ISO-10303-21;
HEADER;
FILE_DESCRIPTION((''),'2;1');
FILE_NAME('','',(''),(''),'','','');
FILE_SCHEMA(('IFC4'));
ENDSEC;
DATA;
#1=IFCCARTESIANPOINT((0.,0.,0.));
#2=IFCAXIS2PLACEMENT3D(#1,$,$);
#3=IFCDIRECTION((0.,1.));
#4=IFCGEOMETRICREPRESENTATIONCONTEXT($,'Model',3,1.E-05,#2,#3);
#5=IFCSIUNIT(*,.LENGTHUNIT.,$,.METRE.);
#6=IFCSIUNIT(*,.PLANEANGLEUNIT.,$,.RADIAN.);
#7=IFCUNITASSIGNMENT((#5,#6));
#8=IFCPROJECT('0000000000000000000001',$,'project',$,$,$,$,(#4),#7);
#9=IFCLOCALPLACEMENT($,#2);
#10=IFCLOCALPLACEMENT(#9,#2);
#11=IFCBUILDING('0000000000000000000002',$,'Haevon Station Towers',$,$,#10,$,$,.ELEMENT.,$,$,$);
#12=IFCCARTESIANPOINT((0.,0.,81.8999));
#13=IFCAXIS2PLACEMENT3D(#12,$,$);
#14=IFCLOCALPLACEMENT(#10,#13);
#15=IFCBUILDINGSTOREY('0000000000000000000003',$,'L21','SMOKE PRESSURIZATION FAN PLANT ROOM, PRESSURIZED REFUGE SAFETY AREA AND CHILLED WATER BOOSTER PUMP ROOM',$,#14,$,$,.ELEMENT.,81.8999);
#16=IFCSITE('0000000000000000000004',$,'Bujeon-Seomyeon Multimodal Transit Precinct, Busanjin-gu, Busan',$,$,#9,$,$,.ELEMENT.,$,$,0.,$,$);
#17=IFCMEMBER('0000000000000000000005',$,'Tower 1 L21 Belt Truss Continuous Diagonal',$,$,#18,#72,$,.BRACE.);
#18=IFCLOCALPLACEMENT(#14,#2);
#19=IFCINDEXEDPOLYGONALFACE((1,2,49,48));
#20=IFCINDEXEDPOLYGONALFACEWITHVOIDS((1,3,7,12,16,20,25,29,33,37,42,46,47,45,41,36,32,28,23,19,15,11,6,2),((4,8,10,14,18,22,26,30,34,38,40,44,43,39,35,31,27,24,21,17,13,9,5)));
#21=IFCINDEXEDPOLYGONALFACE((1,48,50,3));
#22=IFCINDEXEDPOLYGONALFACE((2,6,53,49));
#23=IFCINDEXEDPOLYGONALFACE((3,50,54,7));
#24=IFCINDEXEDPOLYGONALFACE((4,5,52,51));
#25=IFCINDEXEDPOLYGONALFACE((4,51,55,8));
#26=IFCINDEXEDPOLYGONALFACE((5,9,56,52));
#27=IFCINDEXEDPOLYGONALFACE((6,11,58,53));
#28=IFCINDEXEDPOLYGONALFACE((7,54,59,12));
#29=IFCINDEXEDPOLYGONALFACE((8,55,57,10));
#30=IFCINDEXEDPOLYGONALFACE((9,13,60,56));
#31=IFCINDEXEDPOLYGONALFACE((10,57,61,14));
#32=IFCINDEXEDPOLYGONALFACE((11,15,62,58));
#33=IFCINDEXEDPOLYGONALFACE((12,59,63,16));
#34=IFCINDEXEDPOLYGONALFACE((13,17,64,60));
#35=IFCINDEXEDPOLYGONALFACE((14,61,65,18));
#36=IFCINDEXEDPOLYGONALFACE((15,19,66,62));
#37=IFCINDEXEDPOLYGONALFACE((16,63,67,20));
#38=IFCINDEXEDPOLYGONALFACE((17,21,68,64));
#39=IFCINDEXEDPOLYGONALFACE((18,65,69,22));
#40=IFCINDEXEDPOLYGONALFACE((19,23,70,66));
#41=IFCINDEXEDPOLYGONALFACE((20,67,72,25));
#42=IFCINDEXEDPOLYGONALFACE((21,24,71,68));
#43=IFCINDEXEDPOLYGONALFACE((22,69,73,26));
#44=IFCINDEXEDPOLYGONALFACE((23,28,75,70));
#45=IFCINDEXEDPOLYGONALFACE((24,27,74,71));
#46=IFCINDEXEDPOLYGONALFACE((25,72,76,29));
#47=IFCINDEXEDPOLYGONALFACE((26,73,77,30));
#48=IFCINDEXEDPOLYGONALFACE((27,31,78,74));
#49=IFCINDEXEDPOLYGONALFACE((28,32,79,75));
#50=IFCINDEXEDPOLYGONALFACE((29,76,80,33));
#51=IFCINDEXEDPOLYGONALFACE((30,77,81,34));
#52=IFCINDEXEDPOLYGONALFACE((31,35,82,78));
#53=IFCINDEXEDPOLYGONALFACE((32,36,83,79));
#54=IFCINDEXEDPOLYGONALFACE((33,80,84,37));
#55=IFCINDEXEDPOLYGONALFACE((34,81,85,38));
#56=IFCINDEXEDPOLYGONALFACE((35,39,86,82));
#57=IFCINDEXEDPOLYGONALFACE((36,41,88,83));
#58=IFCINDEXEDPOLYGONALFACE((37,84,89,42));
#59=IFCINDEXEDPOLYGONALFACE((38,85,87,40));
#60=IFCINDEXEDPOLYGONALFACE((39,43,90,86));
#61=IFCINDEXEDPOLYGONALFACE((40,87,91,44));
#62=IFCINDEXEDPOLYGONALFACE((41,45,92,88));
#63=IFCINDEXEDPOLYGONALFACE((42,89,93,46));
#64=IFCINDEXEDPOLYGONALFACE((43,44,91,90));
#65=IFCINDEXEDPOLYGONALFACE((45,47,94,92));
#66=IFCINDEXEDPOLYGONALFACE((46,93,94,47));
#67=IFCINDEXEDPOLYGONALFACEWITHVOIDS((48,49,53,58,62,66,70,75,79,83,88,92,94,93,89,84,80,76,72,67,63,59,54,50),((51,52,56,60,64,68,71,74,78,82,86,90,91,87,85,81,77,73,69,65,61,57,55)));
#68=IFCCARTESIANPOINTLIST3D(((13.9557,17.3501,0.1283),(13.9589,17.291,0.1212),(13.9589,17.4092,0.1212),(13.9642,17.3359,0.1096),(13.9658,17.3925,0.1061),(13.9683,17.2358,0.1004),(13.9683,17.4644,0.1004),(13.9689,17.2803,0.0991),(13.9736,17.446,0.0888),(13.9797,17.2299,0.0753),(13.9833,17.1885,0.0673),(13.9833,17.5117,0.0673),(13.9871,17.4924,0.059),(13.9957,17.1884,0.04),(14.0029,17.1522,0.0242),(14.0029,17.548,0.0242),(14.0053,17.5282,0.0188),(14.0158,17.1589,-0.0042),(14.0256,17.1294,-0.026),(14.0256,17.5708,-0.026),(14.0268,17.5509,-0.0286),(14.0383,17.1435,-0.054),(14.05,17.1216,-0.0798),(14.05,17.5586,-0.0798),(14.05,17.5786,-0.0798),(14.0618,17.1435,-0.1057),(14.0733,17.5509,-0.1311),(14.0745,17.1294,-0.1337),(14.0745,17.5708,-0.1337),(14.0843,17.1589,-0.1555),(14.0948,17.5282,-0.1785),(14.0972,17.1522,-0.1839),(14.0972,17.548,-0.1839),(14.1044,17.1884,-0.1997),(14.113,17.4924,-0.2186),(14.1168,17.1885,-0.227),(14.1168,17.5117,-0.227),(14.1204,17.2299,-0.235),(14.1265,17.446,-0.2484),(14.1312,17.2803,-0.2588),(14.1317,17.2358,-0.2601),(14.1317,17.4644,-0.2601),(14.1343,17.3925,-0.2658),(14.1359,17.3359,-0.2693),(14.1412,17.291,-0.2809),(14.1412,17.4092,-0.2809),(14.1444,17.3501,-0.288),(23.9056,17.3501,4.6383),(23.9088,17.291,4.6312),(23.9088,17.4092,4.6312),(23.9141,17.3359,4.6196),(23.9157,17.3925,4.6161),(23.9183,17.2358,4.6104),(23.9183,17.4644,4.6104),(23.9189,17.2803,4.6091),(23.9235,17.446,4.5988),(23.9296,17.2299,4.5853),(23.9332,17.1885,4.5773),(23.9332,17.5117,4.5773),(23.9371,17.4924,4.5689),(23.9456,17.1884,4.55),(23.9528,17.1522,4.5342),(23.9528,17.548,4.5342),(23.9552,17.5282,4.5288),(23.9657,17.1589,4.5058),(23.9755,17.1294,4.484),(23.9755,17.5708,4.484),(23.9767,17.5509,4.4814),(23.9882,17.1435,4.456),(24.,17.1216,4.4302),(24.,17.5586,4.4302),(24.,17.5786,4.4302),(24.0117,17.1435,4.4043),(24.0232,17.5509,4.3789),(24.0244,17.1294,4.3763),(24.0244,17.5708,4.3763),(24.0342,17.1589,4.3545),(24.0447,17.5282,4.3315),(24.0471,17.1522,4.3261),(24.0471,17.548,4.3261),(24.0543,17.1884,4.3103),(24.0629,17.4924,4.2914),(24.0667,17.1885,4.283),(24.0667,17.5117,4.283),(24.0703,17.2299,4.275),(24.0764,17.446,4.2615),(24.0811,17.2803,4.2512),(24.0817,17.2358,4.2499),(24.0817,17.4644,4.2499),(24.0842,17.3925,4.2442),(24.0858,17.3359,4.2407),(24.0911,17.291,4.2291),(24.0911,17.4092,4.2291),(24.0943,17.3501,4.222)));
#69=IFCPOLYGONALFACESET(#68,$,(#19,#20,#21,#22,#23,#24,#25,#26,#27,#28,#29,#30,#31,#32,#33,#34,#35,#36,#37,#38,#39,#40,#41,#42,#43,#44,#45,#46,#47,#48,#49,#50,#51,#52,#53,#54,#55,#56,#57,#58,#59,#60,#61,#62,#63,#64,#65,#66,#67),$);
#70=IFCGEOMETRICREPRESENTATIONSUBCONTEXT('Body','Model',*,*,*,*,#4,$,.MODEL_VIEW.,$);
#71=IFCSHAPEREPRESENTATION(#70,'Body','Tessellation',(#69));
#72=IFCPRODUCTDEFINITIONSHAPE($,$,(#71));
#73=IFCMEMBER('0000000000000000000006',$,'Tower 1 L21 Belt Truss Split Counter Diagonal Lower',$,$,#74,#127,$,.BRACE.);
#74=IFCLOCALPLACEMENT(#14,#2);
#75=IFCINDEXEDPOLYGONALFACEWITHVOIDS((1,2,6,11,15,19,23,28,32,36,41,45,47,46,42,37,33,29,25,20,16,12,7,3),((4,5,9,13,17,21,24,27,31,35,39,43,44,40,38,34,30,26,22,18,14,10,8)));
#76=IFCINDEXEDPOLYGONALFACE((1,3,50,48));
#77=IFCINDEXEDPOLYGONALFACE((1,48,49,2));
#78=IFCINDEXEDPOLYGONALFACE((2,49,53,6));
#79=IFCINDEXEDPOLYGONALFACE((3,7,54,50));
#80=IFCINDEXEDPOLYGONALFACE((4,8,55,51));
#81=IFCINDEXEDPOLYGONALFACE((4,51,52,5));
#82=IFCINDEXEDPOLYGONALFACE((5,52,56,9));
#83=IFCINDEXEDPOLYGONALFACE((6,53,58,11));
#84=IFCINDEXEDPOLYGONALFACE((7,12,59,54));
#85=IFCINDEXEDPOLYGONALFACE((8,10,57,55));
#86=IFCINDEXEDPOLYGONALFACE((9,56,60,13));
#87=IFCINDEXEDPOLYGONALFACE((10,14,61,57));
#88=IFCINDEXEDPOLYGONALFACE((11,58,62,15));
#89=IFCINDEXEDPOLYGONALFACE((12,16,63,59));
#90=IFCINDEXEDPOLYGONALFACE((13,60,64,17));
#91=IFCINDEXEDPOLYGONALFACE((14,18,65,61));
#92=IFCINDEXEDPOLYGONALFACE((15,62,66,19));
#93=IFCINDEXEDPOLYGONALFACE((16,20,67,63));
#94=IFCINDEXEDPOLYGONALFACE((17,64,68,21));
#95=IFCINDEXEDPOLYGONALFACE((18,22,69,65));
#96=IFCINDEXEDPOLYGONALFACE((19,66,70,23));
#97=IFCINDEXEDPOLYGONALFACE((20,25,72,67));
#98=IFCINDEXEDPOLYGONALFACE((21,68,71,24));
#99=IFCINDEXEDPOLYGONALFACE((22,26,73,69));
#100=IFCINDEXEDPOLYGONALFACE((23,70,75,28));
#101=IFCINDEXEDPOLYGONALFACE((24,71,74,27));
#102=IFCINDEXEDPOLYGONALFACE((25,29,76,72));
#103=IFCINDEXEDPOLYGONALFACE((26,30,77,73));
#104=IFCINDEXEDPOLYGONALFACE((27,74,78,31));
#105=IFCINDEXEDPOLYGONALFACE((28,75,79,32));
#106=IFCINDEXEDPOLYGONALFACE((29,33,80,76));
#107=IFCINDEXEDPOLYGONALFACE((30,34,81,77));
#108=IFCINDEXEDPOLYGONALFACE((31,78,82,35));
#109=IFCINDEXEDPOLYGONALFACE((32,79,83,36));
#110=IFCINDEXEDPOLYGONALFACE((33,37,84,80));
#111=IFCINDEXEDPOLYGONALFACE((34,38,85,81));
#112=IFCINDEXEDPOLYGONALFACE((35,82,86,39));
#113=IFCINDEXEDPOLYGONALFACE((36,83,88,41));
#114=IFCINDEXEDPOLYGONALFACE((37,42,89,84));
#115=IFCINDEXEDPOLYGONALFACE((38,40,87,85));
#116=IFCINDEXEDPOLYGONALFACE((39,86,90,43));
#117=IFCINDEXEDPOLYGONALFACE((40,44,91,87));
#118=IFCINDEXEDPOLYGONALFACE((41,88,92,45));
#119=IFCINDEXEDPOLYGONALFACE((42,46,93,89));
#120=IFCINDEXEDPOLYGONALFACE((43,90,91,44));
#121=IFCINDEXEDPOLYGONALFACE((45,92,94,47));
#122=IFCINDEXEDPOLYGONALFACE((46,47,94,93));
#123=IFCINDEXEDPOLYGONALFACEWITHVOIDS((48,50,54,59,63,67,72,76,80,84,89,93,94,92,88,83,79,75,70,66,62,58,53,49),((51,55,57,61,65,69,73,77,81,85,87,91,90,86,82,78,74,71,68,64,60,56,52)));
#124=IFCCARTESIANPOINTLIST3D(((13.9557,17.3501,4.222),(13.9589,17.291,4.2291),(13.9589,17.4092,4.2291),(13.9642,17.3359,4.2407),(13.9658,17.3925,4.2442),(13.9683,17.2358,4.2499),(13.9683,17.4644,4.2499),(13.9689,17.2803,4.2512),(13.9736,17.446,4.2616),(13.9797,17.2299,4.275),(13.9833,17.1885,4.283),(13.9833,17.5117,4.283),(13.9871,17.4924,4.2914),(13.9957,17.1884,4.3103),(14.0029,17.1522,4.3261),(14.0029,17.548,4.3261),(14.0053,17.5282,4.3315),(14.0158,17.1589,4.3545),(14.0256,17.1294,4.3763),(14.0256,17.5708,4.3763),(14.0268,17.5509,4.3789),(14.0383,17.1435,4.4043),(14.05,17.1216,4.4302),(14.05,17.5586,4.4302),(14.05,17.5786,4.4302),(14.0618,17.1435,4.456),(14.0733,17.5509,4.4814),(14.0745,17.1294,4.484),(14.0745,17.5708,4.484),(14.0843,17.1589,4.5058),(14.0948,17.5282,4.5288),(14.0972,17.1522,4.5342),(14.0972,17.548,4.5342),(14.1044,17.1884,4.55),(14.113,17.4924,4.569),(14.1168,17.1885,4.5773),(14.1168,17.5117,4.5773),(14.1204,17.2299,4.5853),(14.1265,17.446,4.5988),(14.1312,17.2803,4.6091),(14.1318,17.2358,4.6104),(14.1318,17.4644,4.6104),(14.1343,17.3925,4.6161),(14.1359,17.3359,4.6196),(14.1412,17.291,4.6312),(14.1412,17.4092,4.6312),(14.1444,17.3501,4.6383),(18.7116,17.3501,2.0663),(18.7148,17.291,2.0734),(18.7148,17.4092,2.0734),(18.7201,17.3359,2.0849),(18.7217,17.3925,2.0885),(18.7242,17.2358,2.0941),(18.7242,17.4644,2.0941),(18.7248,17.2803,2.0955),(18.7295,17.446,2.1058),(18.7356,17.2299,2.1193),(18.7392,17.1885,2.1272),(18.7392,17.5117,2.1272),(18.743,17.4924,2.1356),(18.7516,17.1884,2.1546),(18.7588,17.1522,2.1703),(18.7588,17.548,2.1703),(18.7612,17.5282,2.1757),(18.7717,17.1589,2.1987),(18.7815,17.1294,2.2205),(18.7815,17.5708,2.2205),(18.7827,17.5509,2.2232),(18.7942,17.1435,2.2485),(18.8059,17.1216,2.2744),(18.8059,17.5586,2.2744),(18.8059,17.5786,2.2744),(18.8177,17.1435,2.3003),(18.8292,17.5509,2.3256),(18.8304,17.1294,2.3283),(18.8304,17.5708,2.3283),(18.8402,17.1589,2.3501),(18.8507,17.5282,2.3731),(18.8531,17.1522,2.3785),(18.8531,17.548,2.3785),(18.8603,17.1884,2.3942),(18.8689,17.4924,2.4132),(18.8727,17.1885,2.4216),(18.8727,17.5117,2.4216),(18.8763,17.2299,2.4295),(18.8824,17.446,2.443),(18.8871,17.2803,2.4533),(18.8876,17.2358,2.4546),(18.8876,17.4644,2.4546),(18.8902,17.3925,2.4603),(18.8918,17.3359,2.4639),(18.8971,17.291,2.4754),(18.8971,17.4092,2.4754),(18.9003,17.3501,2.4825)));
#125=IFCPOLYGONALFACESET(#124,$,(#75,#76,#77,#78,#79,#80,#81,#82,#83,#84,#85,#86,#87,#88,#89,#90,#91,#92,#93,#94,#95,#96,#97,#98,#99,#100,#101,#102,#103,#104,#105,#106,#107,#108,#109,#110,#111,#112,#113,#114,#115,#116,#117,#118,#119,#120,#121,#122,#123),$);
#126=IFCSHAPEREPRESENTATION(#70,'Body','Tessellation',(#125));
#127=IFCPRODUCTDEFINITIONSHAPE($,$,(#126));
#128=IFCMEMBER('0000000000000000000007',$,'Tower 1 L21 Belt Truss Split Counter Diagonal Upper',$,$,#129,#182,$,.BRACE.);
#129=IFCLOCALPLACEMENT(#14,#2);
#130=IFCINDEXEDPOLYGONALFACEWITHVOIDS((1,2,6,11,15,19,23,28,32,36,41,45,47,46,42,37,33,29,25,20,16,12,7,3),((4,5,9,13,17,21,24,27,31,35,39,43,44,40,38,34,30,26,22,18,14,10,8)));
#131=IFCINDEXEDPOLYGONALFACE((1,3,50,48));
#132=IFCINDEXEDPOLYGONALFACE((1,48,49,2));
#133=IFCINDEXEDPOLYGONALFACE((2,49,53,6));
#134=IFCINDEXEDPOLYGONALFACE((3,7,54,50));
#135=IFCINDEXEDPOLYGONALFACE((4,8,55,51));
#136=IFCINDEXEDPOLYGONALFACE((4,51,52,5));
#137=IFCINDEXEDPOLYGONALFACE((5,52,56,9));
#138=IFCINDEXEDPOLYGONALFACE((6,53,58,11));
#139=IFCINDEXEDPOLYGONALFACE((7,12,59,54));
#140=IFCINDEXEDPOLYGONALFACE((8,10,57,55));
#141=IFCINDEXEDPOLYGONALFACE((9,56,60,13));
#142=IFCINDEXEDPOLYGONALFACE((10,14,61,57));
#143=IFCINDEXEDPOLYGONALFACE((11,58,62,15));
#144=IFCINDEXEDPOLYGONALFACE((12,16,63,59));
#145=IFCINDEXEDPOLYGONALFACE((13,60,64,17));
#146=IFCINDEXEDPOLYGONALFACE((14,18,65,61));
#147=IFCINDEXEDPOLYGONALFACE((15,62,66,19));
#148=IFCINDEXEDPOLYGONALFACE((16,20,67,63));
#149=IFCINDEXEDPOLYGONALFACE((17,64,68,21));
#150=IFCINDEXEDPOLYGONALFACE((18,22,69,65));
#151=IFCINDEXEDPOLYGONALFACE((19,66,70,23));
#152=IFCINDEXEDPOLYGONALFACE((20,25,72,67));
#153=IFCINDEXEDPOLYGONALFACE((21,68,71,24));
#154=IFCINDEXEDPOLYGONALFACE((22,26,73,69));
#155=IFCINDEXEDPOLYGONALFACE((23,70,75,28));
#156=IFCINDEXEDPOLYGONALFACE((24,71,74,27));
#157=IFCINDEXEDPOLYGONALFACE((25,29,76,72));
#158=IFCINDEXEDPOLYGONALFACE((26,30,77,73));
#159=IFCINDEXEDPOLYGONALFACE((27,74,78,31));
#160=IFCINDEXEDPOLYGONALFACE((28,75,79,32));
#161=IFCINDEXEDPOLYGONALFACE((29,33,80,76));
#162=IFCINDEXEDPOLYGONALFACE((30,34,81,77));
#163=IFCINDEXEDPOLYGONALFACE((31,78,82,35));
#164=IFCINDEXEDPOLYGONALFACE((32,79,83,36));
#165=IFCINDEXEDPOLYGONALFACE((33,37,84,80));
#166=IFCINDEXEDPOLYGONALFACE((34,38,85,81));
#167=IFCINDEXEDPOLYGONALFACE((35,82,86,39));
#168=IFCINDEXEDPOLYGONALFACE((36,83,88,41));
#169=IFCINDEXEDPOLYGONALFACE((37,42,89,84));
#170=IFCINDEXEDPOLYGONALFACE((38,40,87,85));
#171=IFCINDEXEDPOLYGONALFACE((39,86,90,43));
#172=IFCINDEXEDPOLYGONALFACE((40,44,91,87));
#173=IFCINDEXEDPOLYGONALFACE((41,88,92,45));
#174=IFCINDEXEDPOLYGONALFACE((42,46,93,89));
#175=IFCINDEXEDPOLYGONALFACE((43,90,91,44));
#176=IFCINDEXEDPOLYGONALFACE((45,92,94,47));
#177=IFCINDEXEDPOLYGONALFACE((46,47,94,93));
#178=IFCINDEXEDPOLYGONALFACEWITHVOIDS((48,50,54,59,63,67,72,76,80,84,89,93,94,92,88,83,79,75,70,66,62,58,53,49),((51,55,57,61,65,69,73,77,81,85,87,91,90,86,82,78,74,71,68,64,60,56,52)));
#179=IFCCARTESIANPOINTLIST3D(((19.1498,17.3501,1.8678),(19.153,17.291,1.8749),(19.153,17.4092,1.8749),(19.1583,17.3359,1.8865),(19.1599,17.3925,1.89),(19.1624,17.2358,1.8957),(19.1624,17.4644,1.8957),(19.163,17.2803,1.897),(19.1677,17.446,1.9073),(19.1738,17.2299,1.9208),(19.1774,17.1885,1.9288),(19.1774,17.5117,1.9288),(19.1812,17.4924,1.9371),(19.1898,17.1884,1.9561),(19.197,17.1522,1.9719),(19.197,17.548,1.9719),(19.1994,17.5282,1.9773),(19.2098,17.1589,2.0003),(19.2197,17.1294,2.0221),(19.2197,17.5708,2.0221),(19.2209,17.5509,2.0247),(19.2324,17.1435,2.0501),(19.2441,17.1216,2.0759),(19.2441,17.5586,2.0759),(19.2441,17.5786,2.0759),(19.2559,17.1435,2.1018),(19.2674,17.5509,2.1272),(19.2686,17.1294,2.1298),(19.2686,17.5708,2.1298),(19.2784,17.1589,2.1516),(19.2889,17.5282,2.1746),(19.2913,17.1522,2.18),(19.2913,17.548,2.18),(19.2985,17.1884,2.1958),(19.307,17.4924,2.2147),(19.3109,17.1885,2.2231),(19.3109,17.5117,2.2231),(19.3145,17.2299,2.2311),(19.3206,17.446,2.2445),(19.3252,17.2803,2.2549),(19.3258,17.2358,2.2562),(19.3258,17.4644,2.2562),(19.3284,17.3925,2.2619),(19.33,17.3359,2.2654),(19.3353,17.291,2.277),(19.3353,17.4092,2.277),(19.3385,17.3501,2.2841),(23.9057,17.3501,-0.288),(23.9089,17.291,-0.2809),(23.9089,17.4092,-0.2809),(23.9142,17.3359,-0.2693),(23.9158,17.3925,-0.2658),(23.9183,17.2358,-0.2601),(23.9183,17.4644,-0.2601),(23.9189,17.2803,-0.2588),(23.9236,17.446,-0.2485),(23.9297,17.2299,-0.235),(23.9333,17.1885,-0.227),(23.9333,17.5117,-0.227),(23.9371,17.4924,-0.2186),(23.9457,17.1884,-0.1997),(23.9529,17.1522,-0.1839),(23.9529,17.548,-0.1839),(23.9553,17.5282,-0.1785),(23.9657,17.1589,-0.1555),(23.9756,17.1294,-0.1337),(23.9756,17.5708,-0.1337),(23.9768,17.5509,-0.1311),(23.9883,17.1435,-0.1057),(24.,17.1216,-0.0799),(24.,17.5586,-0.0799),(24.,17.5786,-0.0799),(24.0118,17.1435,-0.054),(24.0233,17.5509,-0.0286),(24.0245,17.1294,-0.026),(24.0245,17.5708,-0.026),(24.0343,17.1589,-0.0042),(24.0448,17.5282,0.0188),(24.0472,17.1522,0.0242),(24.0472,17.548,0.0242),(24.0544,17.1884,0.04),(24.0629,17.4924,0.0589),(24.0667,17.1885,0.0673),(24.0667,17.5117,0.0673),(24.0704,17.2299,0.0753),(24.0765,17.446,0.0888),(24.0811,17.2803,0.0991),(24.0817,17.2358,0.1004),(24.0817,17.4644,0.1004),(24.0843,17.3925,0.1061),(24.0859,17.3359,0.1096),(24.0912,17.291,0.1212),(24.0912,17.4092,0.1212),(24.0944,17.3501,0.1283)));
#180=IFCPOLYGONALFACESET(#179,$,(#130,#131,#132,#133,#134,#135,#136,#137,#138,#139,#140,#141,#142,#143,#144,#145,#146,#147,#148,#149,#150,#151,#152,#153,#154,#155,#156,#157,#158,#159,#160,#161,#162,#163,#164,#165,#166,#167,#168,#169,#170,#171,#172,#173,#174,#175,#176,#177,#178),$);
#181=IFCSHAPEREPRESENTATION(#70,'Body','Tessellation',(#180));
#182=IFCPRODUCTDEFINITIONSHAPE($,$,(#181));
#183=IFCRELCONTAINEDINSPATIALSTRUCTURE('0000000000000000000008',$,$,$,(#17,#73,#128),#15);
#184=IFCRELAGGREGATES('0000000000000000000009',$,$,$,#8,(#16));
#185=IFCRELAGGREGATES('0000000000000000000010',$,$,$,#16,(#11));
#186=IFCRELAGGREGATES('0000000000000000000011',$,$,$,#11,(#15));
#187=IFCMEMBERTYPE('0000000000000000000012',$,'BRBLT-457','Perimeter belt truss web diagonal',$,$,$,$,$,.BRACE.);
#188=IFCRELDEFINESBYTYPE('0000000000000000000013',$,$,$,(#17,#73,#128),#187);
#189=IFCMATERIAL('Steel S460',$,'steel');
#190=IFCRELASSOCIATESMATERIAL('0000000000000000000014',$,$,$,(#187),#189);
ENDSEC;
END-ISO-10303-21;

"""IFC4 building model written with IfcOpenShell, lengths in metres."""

from ifc_helpers import new_model, si_unit, direction, frame, origin, origin_2d, place, context, subcontext, project, spatial, hollow_circle, extrude, material, material_profile, profile_set, type_object, element, save


model = new_model("IFC4")

# Units and contexts
model_context = context("Model", 3, precision=1e-05, world=origin(), true_north=direction((0.0, 1.0)))
body_context = subcontext(model_context, "Body", "Model", "MODEL_VIEW")
ifc_project = project(units=[si_unit("LENGTHUNIT", "METRE"), si_unit("PLANEANGLEUNIT", "RADIAN")], contexts=[model_context])

# Site, building, storey
site_placement = place(None, origin())
site = spatial("IfcSite", under=ifc_project, at=site_placement, Name="Bujeon-Seomyeon Multimodal Transit Precinct, Busanjin-gu, Busan", CompositionType="ELEMENT", RefElevation=0.0)
building_placement = place(site_placement, origin())
building = spatial("IfcBuilding", under=site, at=building_placement, Name="Haevon Station Towers", CompositionType="ELEMENT")
storey_placement = place(building_placement, frame((0.0, 0.0, 81.8999)))
storey = spatial("IfcBuildingStorey", under=building, at=storey_placement, Name="L21", Description="SMOKE PRESSURIZATION FAN PLANT ROOM, PRESSURIZED REFUGE SAFETY AREA AND CHILLED WATER BOOSTER PUMP ROOM", CompositionType="ELEMENT", Elevation=81.8999)

# Shared definitions
ifc_material_1 = material(Name="Steel S460", Category="steel")

# Members
ifc_material_profile_1 = material_profile(ifc_material_1, hollow_circle(Radius=0.2285, WallThickness=0.02, at=origin_2d()), Name="CHS-457x20")
ifc_profile_set_1 = profile_set([ifc_material_profile_1], Name="Steel S460")
member_type_1 = type_object("IfcMemberType", Name="BRBLT-457", Description="Perimeter belt truss web diagonal", PredefinedType="BRACE", material=ifc_profile_set_1)
member_1_placement = place(storey_placement, frame((14.05, 17.3501, -0.0798), z_axis=(0.910804, 0.0, 0.41284), x_axis=(0.0, 1.0, 0.0)))
element("IfcMember", 1, at=member_1_placement, inside=storey, type_object=member_type_1, Name="Tower 1 L21 Belt Truss Continuous Diagonal", PredefinedType="BRACE", context=body_context, shape_type="SweptSolid", body=[
    extrude(hollow_circle(Radius=0.2285, WallThickness=0.02, at=origin_2d()), origin(), (0.0, 0.0, 1.0), 10.9243),
])
for number, where, z_axis, x_axis, name in (
    (2, (14.05, 17.3501, 4.4302), (0.910798, 0.0, -0.412852), (0.0, 1.0, 0.0), "Tower 1 L21 Belt Truss Split Counter Diagonal Lower"),
    (3, (19.2441, 17.3501, 2.0759), (0.910798, 0.0, -0.412852), (0.0, 1.0, 0.0), "Tower 1 L21 Belt Truss Split Counter Diagonal Upper"),
):
    element("IfcMember", number, at=place(storey_placement, frame(where, z_axis=z_axis, x_axis=x_axis)), inside=storey, type_object=member_type_1, Name=name, PredefinedType="BRACE", context=body_context, shape_type="SweptSolid", body=[
        extrude(hollow_circle(Radius=0.2285, WallThickness=0.02, at=origin_2d()), origin(), (0.0, 0.0, 1.0), 5.2217),
    ])

save(model, "model.ifc")
